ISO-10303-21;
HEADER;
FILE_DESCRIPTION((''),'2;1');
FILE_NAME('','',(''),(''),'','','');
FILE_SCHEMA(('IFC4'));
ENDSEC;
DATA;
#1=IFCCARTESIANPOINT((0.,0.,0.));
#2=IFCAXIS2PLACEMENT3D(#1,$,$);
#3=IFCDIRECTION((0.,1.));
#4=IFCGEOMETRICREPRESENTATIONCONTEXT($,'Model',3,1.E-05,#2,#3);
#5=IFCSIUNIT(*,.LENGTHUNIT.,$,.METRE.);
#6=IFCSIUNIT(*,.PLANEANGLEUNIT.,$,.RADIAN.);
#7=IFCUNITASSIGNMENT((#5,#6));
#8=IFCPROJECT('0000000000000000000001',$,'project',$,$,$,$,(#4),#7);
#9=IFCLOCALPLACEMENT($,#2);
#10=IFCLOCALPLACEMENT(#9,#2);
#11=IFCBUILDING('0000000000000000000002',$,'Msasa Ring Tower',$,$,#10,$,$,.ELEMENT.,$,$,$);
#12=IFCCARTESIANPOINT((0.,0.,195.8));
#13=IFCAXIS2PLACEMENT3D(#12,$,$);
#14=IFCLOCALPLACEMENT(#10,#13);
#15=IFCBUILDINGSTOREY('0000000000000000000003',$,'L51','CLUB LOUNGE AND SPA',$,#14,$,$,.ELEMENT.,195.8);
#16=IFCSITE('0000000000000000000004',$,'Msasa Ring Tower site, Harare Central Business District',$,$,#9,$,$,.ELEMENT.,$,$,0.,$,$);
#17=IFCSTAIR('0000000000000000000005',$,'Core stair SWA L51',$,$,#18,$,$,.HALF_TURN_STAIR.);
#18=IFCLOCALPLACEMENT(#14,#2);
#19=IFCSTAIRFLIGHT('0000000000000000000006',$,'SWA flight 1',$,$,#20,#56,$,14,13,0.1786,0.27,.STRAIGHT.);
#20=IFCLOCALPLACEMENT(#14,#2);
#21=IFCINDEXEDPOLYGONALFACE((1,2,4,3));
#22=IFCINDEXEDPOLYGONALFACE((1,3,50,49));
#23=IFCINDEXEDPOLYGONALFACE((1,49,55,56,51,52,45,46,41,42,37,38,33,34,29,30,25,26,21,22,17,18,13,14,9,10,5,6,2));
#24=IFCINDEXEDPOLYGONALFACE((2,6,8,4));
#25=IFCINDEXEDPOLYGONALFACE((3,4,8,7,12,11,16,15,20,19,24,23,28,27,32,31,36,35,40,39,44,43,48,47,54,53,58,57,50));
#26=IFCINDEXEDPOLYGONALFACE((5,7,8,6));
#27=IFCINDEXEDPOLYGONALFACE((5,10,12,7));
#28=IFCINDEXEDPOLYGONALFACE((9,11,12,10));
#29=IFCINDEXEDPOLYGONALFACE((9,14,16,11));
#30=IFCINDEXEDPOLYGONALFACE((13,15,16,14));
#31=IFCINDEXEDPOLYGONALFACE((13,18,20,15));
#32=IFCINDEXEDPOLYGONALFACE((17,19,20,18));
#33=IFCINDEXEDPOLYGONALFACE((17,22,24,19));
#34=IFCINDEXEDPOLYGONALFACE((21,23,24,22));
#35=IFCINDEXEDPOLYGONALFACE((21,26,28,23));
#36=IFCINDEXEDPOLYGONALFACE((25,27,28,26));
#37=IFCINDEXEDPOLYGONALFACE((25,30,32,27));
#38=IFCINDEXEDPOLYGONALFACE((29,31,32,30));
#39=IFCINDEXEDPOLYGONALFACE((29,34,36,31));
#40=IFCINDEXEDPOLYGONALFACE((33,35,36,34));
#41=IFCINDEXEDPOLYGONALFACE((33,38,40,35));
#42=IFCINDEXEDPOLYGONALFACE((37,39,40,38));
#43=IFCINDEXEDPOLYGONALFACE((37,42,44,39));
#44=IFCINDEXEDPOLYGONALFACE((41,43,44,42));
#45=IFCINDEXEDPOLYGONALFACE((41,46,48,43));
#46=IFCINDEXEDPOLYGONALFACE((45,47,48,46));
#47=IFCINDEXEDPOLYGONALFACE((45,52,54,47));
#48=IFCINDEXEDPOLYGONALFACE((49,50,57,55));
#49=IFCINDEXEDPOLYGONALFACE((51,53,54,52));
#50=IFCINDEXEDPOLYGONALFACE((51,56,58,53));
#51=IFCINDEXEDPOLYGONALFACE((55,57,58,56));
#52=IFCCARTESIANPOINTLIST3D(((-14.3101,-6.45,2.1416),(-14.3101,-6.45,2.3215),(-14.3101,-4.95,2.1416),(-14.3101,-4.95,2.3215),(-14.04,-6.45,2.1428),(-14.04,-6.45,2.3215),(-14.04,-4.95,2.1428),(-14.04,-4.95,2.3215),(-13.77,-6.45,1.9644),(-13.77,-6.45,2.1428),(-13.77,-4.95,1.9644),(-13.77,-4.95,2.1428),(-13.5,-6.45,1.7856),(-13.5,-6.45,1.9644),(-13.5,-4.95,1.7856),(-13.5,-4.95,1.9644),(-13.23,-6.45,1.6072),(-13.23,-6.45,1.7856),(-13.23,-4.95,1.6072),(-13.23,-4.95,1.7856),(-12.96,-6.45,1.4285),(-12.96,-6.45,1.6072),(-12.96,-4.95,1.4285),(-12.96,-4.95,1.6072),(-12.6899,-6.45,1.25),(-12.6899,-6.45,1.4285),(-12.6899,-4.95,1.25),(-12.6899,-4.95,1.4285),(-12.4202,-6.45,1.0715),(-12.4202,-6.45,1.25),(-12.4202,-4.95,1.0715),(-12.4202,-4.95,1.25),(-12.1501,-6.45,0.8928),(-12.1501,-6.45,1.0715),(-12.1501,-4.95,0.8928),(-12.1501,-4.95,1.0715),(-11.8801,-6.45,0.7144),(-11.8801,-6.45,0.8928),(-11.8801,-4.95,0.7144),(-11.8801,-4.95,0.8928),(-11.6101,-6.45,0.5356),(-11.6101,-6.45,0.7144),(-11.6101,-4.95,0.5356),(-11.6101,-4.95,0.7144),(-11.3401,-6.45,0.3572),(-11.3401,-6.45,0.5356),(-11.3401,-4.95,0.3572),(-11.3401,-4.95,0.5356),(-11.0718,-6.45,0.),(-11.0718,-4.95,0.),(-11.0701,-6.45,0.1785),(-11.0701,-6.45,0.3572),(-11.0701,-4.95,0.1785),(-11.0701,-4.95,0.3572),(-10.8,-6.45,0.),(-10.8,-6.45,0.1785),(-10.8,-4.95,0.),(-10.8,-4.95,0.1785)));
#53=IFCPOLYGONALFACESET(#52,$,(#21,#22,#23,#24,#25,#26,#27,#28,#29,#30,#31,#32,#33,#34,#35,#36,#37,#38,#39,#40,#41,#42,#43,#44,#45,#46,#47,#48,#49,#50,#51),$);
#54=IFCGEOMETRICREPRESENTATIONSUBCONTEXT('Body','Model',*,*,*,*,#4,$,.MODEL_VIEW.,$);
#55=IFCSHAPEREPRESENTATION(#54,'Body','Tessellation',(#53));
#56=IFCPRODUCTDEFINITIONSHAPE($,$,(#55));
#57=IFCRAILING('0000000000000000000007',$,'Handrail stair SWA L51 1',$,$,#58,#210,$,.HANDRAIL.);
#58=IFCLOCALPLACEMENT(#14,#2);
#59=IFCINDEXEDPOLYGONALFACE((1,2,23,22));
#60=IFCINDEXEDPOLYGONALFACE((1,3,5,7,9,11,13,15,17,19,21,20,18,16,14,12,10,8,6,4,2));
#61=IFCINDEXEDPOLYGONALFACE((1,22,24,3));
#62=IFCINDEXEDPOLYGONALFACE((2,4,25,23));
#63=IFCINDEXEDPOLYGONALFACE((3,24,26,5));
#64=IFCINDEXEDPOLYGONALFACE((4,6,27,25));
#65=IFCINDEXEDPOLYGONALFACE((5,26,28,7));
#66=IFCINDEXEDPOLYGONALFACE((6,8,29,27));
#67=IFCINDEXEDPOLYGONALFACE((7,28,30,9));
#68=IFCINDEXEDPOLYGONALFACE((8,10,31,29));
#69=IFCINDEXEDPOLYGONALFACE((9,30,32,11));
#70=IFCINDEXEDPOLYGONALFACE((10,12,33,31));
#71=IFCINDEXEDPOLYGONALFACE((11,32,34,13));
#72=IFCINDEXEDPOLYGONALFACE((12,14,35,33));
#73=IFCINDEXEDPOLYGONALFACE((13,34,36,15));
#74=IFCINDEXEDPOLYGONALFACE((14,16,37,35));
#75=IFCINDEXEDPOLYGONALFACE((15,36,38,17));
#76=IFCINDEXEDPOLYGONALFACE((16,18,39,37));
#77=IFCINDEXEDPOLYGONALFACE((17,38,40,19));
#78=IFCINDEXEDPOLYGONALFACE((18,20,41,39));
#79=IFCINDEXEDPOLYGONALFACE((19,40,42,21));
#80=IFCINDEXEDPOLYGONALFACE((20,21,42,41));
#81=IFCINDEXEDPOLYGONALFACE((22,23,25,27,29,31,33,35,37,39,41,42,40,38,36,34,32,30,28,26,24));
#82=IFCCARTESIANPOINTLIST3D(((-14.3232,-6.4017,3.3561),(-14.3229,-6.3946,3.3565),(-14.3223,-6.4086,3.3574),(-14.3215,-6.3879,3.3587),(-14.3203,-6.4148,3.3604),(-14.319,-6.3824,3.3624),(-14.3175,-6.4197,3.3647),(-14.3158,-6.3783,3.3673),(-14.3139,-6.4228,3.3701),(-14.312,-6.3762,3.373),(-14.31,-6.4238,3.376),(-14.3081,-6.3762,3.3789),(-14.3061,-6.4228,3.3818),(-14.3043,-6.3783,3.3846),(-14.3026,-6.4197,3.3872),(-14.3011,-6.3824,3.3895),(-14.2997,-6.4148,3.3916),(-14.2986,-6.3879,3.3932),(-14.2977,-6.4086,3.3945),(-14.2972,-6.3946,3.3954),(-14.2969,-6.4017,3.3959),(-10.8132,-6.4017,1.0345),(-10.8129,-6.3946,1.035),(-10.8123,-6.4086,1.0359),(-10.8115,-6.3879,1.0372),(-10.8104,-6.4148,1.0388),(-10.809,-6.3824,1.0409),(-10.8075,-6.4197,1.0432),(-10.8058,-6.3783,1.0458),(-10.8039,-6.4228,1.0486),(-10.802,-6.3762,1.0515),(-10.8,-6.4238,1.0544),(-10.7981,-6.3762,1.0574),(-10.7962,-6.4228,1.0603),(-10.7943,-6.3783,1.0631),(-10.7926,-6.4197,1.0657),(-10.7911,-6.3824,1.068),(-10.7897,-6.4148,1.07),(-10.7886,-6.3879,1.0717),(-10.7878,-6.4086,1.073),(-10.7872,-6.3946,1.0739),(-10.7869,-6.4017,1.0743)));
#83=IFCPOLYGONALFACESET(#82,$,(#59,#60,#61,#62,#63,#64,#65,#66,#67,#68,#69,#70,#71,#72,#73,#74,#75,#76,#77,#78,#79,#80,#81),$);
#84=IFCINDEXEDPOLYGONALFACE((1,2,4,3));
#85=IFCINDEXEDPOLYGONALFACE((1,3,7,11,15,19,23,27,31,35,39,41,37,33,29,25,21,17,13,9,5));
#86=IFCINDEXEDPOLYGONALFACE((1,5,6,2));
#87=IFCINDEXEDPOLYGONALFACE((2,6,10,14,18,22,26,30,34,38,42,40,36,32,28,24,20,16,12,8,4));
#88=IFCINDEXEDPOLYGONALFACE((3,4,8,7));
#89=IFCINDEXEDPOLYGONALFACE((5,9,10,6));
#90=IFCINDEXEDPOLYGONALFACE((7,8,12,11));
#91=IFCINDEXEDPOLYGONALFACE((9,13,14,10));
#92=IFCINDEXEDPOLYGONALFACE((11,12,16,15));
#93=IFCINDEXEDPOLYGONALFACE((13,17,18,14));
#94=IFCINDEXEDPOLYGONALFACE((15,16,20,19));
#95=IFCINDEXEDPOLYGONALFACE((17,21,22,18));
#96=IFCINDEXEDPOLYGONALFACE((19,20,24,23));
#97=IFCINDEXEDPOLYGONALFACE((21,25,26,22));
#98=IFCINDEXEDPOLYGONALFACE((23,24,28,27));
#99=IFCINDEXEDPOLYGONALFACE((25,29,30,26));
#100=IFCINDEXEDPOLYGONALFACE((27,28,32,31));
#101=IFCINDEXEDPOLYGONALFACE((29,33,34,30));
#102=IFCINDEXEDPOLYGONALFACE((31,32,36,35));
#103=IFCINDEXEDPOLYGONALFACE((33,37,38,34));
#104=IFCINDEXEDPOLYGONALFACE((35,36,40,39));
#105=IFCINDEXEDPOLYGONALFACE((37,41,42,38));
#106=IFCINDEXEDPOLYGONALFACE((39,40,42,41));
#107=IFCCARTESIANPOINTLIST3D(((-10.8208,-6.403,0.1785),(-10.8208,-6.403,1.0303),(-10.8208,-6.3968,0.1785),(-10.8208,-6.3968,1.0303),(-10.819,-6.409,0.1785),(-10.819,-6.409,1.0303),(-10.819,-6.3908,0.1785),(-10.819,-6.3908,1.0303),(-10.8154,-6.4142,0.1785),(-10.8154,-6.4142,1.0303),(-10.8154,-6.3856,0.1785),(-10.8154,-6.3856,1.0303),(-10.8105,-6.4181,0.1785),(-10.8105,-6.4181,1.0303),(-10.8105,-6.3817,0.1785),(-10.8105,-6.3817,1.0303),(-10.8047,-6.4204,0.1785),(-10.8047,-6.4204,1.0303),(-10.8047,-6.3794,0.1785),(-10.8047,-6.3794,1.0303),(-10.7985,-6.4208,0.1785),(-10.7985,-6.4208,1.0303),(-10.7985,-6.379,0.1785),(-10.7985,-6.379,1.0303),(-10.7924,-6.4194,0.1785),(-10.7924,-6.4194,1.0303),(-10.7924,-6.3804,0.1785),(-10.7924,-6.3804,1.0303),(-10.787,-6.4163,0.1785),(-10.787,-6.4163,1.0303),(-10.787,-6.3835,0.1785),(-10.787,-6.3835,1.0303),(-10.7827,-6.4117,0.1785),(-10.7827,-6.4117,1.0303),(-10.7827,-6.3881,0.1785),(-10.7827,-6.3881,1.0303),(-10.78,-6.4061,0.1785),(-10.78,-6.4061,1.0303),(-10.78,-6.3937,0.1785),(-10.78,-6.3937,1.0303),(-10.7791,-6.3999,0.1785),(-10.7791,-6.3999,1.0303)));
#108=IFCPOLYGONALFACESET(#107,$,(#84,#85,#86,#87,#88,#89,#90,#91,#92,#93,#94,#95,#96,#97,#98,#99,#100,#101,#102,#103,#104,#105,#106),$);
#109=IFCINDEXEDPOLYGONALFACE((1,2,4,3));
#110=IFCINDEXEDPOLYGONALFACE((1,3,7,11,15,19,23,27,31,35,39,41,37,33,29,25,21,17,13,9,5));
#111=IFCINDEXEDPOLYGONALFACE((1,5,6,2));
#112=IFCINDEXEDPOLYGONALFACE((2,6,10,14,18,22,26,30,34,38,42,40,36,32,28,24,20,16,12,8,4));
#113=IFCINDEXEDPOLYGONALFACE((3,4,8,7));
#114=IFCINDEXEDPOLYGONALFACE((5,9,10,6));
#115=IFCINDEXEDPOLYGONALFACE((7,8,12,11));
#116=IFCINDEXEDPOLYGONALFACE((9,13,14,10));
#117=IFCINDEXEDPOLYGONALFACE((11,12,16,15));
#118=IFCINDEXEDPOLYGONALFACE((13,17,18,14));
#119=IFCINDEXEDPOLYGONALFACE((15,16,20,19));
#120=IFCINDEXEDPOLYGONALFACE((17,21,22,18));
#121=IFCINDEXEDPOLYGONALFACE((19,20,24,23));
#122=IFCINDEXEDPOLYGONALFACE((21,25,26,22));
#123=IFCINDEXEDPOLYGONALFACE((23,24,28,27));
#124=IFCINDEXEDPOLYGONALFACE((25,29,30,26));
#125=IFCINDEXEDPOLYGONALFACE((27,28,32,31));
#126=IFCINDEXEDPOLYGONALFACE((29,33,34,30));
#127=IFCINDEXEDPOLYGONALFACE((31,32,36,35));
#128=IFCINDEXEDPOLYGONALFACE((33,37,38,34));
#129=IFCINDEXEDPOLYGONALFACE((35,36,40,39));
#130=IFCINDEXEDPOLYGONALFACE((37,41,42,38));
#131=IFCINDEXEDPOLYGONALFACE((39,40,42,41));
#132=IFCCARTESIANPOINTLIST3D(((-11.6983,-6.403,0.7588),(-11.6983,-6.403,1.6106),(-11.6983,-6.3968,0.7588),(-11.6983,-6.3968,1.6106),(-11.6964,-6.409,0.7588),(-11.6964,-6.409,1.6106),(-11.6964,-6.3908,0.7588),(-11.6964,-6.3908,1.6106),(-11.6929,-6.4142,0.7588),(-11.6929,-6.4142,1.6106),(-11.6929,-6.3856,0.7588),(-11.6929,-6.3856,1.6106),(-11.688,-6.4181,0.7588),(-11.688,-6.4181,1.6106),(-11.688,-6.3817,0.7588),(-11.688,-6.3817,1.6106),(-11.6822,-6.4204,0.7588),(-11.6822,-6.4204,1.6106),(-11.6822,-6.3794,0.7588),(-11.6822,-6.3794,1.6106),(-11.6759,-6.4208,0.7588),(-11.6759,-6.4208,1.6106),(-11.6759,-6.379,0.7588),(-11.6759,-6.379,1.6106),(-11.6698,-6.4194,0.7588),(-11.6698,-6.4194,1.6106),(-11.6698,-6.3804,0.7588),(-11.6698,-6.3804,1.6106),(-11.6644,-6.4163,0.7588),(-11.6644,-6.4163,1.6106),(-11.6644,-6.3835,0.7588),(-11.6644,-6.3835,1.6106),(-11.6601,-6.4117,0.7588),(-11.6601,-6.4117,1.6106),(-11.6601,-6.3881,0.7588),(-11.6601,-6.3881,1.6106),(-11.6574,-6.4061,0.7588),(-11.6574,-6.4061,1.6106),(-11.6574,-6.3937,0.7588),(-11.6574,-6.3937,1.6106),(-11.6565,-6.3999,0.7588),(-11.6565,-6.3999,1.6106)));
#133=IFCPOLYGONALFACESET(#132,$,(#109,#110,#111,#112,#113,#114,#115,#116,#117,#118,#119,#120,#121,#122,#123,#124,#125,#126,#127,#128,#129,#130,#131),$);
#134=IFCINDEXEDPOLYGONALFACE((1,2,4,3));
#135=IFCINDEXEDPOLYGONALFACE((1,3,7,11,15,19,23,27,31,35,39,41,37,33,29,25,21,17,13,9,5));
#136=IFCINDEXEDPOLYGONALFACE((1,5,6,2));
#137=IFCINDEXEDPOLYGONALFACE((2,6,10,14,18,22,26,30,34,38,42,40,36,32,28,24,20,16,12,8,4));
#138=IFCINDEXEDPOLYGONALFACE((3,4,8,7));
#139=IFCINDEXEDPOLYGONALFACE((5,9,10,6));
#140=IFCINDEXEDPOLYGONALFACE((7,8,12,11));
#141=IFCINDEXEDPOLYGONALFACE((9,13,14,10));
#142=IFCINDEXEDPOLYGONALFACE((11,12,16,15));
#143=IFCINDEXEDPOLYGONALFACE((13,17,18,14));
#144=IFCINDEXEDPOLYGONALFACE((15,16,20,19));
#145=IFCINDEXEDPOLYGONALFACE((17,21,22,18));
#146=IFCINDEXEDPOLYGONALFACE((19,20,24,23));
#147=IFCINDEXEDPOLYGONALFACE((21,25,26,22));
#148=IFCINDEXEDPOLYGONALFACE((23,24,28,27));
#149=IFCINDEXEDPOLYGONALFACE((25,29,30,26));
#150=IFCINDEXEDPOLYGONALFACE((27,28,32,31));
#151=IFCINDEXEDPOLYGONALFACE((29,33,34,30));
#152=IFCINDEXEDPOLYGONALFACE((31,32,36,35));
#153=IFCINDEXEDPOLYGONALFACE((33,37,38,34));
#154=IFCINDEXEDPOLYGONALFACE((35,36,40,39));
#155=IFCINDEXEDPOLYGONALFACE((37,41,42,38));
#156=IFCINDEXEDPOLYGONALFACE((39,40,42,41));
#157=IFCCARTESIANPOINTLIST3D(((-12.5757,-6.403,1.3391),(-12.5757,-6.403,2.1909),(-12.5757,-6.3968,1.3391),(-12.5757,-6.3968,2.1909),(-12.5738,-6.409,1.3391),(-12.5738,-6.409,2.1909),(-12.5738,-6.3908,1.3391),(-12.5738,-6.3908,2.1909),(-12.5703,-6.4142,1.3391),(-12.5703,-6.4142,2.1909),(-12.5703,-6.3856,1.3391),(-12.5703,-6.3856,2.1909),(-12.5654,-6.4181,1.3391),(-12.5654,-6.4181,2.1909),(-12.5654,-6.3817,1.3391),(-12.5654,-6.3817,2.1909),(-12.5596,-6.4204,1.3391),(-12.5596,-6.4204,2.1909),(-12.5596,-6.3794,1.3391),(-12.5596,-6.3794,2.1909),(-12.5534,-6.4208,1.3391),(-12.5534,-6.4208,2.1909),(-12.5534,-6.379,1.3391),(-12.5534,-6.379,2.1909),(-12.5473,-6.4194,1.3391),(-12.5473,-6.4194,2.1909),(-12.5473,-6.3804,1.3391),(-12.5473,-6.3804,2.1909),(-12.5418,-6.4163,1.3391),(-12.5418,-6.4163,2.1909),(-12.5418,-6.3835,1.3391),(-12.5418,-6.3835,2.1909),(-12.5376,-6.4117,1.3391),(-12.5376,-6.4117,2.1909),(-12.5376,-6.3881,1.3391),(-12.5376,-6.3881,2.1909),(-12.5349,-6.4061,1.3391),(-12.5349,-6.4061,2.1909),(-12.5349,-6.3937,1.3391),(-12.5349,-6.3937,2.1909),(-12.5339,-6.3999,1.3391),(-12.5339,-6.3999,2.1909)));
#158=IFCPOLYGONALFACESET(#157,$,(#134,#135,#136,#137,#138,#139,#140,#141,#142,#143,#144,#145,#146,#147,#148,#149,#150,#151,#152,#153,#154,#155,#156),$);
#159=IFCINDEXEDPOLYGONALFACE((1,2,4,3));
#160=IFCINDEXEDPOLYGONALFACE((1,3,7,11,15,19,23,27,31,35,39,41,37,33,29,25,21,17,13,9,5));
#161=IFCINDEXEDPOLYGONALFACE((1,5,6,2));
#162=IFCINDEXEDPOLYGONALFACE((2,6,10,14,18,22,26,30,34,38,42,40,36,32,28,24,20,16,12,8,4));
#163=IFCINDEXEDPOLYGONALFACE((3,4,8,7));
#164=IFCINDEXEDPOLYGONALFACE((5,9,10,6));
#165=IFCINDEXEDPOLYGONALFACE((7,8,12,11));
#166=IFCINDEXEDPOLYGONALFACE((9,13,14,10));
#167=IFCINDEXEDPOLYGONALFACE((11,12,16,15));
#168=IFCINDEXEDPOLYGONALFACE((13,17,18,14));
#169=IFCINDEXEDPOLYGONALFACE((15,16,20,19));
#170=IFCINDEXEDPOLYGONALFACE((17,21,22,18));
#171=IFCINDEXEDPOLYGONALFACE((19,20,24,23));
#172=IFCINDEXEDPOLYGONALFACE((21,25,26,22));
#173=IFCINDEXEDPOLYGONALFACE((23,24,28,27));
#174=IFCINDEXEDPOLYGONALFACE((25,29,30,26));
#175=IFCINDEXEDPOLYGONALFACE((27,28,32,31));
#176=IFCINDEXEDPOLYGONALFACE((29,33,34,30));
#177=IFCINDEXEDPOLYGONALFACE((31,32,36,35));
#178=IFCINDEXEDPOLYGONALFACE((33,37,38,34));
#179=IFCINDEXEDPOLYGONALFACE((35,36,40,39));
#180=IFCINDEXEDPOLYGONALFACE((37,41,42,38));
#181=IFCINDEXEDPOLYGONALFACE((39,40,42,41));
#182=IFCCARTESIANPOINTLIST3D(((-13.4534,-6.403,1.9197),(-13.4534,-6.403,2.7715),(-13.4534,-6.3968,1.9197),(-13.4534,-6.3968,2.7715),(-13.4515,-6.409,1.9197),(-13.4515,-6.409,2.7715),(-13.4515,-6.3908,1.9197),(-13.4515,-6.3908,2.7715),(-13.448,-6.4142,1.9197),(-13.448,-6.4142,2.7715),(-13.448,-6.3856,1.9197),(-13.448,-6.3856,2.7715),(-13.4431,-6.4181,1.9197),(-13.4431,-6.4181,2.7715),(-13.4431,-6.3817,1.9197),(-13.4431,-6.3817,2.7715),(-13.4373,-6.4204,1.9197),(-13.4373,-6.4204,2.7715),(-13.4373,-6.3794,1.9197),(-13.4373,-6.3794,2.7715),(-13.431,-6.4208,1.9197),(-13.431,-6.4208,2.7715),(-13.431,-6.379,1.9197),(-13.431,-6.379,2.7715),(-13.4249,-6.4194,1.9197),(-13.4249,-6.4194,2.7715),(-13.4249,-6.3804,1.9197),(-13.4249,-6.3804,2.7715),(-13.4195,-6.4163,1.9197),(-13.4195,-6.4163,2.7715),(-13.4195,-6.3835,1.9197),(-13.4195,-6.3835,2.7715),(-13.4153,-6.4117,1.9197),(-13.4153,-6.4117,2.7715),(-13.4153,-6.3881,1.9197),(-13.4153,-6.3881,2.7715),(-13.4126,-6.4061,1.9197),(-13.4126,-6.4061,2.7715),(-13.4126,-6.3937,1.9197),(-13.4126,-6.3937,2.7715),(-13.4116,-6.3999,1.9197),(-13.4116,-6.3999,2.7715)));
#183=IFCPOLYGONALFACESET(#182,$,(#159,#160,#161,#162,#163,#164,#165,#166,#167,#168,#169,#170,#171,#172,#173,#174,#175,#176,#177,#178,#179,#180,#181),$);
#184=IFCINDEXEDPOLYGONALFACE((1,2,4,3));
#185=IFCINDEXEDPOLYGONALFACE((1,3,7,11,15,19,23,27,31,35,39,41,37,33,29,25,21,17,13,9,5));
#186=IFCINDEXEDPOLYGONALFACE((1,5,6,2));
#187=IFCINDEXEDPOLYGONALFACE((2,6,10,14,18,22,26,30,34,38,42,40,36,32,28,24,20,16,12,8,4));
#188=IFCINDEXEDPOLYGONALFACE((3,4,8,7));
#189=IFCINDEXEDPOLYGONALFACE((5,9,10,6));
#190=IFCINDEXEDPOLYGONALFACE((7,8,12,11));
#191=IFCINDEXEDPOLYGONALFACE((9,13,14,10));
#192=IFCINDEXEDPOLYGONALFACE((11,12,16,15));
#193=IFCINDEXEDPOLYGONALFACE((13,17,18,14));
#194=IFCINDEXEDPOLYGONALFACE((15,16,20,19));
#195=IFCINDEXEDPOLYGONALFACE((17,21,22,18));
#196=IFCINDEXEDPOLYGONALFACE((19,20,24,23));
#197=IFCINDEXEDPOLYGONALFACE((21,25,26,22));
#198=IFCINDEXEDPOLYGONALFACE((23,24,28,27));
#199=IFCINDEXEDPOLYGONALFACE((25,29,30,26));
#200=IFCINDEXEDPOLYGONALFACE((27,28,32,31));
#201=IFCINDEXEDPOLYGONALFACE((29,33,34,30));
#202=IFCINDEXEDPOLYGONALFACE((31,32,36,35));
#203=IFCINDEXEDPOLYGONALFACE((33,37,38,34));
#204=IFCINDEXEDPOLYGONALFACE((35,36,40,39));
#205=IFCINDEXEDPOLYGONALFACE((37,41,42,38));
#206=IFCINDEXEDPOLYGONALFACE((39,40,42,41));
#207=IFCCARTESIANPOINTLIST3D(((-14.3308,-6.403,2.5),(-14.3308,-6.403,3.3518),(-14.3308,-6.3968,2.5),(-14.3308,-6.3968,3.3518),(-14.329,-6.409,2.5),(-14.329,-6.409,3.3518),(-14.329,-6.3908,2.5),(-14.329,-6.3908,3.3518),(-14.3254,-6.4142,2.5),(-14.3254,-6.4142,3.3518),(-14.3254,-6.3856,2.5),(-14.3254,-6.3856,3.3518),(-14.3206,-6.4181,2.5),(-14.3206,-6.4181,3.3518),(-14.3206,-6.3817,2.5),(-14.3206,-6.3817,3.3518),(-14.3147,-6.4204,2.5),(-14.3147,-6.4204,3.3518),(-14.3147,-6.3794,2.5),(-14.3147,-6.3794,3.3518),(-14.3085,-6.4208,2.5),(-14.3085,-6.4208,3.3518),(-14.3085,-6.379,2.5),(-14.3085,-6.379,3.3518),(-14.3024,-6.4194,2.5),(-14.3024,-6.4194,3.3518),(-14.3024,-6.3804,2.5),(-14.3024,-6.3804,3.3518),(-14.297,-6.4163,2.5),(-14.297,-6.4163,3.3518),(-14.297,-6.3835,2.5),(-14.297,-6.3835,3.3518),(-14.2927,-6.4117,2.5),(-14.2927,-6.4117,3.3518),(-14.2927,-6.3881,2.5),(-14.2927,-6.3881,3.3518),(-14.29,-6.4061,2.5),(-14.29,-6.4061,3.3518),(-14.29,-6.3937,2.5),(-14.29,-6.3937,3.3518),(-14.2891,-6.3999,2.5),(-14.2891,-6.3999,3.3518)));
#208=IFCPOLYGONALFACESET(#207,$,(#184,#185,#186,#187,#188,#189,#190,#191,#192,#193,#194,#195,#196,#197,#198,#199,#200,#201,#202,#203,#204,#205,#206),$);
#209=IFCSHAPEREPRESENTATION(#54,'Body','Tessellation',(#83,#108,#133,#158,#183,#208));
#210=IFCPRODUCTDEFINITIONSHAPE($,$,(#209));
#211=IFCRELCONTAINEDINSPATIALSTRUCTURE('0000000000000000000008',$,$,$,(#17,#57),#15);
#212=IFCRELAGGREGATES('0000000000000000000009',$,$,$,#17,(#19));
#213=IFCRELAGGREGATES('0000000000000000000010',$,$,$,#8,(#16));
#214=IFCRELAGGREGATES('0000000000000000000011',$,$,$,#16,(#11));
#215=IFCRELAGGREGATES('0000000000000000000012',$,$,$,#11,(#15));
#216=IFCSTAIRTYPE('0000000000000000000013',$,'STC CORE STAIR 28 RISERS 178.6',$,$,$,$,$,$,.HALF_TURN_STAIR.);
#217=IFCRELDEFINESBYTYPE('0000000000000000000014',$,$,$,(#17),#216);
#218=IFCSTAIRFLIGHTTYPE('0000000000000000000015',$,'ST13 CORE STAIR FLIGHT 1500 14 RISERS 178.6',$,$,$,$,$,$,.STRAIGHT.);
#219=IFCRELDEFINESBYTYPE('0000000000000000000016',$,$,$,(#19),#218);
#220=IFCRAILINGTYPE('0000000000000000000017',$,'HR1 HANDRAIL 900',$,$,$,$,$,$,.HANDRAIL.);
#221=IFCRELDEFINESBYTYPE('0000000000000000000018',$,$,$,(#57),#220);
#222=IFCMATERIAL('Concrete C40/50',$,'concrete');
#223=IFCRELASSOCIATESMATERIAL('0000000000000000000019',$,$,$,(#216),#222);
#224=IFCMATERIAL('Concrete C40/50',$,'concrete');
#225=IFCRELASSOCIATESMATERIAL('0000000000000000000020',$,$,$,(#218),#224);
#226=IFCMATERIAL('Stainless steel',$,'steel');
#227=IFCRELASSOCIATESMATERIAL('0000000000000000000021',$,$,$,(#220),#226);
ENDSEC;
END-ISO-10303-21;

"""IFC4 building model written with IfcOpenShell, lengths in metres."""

from ifc_helpers import new_model, si_unit, direction, frame, origin, origin_2d, place, context, subcontext, project, spatial, polyline, circle, outline, extrude, material, type_object, element, aggregate, save


model = new_model("IFC4")

# Units and contexts
model_context = context("Model", 3, precision=1e-05, world=origin(), true_north=direction((0.0, 1.0)))
body_context = subcontext(model_context, "Body", "Model", "MODEL_VIEW")
ifc_project = project(units=[si_unit("LENGTHUNIT", "METRE"), si_unit("PLANEANGLEUNIT", "RADIAN")], contexts=[model_context])

# Site, building, storey
site_placement = place(None, origin())
site = spatial("IfcSite", under=ifc_project, at=site_placement, Name="Msasa Ring Tower site, Harare Central Business District", CompositionType="ELEMENT", RefElevation=0.0)
building_placement = place(site_placement, origin())
building = spatial("IfcBuilding", under=site, at=building_placement, Name="Msasa Ring Tower", CompositionType="ELEMENT")
storey_placement = place(building_placement, frame((0.0, 0.0, 195.8)))
storey = spatial("IfcBuildingStorey", under=building, at=storey_placement, Name="L51", Description="CLUB LOUNGE AND SPA", CompositionType="ELEMENT", Elevation=195.8)

# Stair, stair flight
ifc_material_1 = material(Name="Concrete C40/50", Category="concrete")
stair_type = type_object("IfcStairType", Name="STC CORE STAIR 28 RISERS 178.6", PredefinedType="HALF_TURN_STAIR", material=ifc_material_1)
stair_placement = place(storey_placement, origin())
stair = element("IfcStair", 1, at=stair_placement, inside=storey, type_object=stair_type, Name="Core stair SWA L51", PredefinedType="HALF_TURN_STAIR")
ifc_material_2 = material(Name="Concrete C40/50", Category="concrete")
stair_flight_type = type_object("IfcStairFlightType", Name="ST13 CORE STAIR FLIGHT 1500 14 RISERS 178.6", PredefinedType="STRAIGHT", material=ifc_material_2)
stair_flight_placement = place(storey_placement, frame((-10.8, -5.7, 0.0), z_axis=(0.0, 0.0, 1.0), x_axis=(-1.0, 0.0, 0.0)))
stair_flight = element("IfcStairFlight", 2, at=stair_flight_placement, type_object=stair_flight_type, Name="SWA flight 1", NumberOfRisers=14, NumberOfTreads=13, PredefinedType="STRAIGHT", RiserHeight=0.1786, TreadLength=0.27, context=body_context, shape_type="SweptSolid", body=[
    extrude(outline(polyline([(0.0, 0.0), (0.0, 0.1785), (0.27, 0.1785), (0.27, 0.3572), (0.54, 0.3572), (0.54, 0.5356), (0.8101, 0.5356), (0.8101, 0.7144), (1.0801, 0.7144), (1.0801, 0.8928), (1.3501, 0.8928), (1.3501, 1.0715), (1.6201, 1.0715), (1.6201, 1.25), (1.8899, 1.25), (1.8899, 1.4285), (2.1599, 1.4285), (2.1599, 1.6072), (2.4299, 1.6072), (2.4299, 1.7856), (2.7, 1.7856), (2.7, 1.9644), (2.97, 1.9644), (2.97, 2.1428), (3.24, 2.1428), (3.24, 2.3215), (3.51, 2.3215), (3.51, 2.5), (3.51, 2.1416), (0.2717, 0.0), (0.0, 0.0)])), frame((0.0, 0.75, 0.0), z_axis=(0.0, -1.0, 0.0), x_axis=(1.0, 0.0, 0.0)), (0.0, 0.0, 1.0), 1.5),
])
aggregate(stair, [stair_flight])

# Railing
ifc_material_3 = material(Name="Stainless steel", Category="steel")
railing_type = type_object("IfcRailingType", Name="HR1 HANDRAIL 900", PredefinedType="HANDRAIL", material=ifc_material_3)
for number, where, name in (
    (3, (-10.8, -6.3999, 0.1785), "Handrail stair SWA L51 1"),
):
    element("IfcRailing", number, at=place(storey_placement, frame(where)), inside=storey, type_object=railing_type, Name=name, PredefinedType="HANDRAIL", context=body_context, shape_type="SweptSolid", body=[
        extrude(circle(Radius=0.0239, at=origin_2d()), frame((0.0, 0.0, 0.876), z_axis=(-0.834071, 0.0, 0.551657), x_axis=(0.0, -1.0, 0.0)), (0.0, 0.0, 1.0), 4.2083),
        extrude(circle(Radius=0.021, at=origin_2d()), origin(), (0.0, 0.0, 1.0), 0.8518),
        extrude(circle(Radius=0.021, at=origin_2d()), frame((-0.8774, 0.0, 0.5803)), (0.0, 0.0, 1.0), 0.8518),
        extrude(circle(Radius=0.021, at=origin_2d()), frame((-1.7549, 0.0, 1.1606)), (0.0, 0.0, 1.0), 0.8518),
        extrude(circle(Radius=0.021, at=origin_2d()), frame((-2.6326, 0.0, 1.7412)), (0.0, 0.0, 1.0), 0.8518),
        extrude(circle(Radius=0.021, at=origin_2d()), frame((-3.51, 0.0, 2.3215)), (0.0, 0.0, 1.0), 0.8518),
    ])

save(model, "model.ifc")
